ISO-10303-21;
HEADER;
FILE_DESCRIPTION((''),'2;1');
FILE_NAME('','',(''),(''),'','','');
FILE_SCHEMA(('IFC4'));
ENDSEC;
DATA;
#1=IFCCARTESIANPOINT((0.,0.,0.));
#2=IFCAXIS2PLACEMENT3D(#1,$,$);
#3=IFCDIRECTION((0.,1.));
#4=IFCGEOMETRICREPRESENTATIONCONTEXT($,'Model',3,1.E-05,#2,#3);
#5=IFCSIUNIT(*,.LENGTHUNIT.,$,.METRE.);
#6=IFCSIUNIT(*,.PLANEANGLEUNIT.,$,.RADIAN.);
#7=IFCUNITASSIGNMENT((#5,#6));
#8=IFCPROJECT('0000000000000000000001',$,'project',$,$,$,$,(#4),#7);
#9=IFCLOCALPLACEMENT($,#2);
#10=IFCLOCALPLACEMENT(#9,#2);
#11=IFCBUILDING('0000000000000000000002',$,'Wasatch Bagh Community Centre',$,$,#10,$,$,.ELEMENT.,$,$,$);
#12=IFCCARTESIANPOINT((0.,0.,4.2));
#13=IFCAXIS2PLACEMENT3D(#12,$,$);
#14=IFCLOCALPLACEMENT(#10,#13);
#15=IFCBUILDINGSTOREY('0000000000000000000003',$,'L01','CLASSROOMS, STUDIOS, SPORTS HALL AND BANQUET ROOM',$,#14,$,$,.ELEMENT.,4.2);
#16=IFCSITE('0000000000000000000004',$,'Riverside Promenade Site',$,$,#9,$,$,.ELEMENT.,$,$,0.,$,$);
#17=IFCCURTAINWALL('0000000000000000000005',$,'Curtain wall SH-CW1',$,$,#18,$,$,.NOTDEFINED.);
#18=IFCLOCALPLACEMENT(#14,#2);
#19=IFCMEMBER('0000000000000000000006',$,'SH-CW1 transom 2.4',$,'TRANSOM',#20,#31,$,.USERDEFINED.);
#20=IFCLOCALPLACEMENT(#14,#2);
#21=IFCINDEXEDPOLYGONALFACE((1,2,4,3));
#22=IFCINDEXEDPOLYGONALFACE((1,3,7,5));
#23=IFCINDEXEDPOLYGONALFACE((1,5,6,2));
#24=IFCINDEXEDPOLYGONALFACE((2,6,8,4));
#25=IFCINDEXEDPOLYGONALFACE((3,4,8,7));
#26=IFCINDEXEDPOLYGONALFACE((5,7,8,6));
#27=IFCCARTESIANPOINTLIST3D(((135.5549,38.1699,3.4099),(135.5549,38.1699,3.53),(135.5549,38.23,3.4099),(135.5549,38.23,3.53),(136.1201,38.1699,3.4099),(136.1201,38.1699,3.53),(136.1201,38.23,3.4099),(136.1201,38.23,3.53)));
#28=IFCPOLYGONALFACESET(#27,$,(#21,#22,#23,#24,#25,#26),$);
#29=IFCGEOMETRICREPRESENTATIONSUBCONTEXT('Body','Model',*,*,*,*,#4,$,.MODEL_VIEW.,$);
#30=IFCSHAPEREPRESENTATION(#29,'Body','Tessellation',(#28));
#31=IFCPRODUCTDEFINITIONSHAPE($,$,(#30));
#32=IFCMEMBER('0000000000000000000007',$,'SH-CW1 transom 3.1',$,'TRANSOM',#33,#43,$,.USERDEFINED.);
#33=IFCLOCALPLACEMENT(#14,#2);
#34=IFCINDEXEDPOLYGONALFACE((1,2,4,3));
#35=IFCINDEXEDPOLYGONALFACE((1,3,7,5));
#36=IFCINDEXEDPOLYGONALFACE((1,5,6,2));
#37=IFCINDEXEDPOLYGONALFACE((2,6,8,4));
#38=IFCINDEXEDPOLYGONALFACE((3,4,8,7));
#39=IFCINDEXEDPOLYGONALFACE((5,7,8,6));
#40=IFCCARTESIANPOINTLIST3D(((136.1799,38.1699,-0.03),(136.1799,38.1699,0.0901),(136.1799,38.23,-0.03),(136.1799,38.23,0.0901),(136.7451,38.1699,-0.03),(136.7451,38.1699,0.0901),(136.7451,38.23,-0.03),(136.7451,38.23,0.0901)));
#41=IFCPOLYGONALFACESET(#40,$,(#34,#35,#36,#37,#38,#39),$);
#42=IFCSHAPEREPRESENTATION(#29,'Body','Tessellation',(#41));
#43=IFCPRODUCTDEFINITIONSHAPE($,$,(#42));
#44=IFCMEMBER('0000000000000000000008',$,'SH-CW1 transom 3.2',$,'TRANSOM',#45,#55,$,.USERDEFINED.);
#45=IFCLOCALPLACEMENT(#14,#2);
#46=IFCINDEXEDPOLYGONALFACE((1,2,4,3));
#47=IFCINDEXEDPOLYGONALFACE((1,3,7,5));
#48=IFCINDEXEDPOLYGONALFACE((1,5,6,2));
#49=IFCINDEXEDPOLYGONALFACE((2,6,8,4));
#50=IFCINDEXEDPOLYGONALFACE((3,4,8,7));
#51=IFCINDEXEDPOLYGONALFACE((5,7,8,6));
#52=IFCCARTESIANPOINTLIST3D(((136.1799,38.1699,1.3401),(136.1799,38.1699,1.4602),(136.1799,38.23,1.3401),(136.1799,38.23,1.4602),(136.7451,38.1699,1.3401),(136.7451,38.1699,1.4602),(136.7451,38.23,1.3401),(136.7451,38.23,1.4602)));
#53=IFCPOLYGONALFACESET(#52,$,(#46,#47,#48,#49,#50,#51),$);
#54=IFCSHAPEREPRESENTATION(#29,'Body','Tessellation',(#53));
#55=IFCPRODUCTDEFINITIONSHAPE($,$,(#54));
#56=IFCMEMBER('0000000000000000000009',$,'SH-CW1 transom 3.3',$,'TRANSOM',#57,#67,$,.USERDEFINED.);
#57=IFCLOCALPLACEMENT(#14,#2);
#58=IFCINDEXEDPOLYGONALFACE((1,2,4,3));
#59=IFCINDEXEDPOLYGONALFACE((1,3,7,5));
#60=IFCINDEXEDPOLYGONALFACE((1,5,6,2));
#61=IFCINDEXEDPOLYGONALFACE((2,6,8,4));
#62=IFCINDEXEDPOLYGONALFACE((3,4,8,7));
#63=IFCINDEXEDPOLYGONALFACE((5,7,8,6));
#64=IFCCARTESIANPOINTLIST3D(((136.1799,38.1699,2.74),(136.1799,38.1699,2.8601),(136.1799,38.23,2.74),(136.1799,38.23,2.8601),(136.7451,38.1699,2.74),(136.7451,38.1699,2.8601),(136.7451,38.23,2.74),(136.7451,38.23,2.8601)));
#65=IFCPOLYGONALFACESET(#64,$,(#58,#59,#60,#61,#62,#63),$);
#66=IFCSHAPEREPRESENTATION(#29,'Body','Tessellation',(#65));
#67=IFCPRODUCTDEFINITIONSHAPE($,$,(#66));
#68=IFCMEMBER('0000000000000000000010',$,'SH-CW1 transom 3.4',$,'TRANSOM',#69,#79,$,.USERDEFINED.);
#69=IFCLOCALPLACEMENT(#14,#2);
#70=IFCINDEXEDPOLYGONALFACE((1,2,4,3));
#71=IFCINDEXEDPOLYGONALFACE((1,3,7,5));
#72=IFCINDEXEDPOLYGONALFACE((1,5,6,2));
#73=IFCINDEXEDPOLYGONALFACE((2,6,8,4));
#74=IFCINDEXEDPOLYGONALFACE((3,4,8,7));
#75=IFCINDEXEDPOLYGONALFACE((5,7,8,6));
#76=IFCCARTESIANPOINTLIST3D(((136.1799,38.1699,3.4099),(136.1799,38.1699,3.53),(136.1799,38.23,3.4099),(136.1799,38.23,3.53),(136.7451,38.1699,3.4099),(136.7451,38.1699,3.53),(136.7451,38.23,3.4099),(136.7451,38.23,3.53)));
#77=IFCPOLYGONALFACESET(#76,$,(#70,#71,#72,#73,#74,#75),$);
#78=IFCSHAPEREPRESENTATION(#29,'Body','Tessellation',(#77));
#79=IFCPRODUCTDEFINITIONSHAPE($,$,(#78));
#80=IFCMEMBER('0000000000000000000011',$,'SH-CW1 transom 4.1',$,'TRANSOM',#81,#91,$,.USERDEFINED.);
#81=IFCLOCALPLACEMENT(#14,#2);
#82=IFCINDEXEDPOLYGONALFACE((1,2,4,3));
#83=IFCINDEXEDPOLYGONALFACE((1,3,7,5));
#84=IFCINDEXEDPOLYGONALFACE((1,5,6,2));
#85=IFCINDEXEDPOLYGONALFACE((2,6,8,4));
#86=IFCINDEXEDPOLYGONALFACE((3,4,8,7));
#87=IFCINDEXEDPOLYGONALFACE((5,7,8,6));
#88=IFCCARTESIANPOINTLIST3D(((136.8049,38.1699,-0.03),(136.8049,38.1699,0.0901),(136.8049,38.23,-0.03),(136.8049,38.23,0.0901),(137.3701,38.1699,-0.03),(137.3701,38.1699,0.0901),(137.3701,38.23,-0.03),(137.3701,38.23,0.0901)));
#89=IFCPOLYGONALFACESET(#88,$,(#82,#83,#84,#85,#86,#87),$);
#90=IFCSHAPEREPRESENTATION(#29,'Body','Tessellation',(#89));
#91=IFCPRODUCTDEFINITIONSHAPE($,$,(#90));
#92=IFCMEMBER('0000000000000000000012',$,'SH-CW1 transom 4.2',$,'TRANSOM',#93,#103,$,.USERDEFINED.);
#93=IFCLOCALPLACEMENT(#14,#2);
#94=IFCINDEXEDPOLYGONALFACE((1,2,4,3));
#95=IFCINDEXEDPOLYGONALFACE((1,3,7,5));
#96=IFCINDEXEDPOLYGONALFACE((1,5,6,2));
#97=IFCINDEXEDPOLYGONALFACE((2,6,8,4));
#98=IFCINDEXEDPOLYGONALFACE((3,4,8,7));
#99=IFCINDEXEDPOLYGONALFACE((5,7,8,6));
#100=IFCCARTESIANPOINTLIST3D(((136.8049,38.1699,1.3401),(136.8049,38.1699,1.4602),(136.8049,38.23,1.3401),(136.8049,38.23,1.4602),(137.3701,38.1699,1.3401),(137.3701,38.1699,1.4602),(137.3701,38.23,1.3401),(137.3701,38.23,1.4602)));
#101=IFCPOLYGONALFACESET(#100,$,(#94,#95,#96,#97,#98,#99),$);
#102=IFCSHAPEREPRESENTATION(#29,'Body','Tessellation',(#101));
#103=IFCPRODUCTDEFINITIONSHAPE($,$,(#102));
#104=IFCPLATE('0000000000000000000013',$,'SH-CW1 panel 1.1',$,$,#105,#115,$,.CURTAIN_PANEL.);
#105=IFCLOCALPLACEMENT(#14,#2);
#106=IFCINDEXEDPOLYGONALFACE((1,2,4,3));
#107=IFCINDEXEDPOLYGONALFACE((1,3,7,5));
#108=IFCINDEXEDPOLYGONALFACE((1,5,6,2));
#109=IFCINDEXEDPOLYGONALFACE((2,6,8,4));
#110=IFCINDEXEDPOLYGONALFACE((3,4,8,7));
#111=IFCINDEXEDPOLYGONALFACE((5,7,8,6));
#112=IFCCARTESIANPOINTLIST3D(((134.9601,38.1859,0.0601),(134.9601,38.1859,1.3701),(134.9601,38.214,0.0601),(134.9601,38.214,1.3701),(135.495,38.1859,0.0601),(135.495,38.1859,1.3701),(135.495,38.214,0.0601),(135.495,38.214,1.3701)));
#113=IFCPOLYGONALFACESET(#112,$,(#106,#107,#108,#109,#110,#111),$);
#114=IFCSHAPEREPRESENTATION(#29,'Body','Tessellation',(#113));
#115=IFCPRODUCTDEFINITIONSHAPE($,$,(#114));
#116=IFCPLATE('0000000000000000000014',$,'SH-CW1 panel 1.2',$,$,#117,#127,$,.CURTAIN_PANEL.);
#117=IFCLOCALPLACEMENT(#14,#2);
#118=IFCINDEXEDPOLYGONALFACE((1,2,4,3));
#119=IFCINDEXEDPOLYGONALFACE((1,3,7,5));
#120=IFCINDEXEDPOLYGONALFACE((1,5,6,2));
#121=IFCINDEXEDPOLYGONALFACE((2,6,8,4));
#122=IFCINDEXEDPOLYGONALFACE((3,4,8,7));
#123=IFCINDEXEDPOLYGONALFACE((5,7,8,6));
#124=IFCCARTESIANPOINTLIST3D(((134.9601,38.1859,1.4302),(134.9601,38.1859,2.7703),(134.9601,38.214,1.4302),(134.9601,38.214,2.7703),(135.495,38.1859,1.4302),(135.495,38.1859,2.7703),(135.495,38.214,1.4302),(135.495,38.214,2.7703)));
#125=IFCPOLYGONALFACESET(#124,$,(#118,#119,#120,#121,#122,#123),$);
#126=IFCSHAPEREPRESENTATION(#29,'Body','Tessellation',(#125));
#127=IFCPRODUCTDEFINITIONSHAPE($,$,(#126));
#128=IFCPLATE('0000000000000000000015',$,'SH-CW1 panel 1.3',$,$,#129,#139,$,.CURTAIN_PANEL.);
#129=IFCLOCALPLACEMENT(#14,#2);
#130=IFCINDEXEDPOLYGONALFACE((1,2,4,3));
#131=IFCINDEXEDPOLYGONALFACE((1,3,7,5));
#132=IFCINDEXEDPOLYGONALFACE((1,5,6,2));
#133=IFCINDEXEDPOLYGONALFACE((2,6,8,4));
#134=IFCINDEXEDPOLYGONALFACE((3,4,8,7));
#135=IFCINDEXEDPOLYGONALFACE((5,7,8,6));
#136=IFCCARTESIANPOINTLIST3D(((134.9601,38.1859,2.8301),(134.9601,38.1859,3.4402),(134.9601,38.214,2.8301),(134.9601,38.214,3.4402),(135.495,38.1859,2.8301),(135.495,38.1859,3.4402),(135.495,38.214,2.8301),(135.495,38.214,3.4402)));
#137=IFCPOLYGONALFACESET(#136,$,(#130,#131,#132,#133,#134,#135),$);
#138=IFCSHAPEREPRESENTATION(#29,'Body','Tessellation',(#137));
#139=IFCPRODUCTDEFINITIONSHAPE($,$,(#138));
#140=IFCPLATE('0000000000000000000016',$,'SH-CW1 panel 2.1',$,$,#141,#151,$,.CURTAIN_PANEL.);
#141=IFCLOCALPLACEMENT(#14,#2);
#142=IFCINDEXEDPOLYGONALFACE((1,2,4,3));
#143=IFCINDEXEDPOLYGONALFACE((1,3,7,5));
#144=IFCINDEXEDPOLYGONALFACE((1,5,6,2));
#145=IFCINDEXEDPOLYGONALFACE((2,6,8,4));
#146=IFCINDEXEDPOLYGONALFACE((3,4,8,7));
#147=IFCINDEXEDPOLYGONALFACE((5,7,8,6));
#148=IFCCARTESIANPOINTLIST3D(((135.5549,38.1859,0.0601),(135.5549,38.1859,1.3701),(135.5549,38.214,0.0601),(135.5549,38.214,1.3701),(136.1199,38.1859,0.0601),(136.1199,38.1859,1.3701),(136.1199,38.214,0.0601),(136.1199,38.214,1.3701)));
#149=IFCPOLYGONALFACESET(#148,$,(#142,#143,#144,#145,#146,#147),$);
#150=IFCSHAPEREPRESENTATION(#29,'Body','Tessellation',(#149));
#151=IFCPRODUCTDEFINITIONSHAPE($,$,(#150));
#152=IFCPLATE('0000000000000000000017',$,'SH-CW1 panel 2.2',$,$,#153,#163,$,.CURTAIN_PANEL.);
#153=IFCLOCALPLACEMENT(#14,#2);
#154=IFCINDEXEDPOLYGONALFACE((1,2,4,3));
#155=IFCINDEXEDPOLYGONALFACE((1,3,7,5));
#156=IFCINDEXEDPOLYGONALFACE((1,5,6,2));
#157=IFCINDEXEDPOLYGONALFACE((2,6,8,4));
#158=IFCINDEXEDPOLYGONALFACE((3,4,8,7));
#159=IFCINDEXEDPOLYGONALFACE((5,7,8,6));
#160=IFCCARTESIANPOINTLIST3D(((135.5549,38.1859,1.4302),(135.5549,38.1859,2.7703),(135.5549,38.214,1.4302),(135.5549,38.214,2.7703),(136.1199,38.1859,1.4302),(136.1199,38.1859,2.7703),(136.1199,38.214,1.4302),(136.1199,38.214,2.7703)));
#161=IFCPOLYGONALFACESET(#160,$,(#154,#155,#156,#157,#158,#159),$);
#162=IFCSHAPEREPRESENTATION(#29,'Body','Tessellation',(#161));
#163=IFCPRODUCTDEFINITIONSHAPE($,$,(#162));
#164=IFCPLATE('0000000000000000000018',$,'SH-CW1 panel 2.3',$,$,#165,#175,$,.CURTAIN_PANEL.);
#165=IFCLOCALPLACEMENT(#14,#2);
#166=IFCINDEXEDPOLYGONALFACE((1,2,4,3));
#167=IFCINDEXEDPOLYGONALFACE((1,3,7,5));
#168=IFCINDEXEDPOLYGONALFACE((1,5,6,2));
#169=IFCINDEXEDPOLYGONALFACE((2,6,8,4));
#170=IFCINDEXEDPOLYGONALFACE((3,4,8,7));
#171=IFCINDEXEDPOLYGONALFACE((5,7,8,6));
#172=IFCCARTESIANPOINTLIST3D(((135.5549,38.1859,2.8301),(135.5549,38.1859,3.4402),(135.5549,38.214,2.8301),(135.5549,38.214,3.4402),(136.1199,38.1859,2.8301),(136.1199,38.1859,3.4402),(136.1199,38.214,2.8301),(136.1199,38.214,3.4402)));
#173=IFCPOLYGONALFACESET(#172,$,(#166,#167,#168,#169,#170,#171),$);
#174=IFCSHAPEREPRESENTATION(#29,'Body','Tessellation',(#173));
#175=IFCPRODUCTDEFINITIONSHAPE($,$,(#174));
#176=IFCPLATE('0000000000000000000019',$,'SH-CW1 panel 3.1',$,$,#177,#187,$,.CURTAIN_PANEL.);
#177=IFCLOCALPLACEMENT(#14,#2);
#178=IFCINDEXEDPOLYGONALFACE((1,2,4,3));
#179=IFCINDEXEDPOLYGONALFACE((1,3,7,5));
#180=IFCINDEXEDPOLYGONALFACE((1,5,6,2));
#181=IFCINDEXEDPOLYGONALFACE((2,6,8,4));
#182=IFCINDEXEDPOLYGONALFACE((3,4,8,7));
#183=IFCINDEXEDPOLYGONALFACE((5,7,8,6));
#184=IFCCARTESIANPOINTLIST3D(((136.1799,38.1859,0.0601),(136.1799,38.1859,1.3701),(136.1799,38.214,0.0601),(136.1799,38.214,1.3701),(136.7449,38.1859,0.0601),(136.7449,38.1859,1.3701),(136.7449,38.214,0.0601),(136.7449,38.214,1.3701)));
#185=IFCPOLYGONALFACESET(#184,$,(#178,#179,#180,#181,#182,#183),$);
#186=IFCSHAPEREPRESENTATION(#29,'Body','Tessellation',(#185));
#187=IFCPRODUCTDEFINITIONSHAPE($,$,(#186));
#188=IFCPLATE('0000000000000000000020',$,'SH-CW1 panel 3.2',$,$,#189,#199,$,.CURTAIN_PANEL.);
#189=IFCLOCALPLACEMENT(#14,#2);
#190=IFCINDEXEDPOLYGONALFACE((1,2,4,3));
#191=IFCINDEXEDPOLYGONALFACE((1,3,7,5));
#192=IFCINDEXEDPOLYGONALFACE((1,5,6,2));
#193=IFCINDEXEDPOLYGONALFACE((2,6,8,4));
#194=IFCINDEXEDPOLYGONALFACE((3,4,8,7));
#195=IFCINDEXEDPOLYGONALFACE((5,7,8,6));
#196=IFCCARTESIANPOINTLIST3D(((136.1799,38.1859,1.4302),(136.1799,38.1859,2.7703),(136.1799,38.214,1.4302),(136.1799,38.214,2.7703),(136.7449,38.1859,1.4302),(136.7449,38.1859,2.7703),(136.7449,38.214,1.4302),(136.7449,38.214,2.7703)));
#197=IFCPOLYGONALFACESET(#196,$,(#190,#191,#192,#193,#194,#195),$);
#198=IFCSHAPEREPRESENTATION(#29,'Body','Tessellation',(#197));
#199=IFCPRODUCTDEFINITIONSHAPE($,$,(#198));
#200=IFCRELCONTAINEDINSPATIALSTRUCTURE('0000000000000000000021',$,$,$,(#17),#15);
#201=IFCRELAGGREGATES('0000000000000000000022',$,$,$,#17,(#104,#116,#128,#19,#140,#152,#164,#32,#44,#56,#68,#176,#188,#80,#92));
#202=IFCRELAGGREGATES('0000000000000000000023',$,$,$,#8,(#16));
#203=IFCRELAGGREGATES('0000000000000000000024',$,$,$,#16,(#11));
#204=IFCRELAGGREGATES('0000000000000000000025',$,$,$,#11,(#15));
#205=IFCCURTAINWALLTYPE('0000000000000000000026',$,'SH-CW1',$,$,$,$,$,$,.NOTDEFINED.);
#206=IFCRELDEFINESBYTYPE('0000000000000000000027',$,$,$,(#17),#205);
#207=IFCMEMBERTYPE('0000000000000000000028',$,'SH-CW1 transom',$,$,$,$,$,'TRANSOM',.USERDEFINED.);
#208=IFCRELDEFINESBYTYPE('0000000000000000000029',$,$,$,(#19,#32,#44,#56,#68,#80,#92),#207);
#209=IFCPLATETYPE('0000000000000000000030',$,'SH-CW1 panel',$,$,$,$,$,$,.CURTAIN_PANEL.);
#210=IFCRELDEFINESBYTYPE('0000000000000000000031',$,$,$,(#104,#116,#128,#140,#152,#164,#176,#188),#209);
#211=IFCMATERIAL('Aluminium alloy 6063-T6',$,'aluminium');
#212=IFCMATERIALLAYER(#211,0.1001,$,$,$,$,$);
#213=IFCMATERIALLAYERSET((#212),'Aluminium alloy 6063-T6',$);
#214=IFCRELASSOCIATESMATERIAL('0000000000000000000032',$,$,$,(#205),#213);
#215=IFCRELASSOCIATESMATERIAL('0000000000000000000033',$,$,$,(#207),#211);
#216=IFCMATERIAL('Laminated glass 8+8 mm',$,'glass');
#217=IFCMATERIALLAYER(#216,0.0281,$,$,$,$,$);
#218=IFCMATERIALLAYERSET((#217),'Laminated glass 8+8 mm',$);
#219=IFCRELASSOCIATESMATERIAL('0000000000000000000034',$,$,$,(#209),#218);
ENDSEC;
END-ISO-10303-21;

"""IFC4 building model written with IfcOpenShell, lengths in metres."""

from ifc_helpers import new_model, si_unit, direction, frame, origin, origin_2d, place, context, subcontext, project, spatial, rectangle, extrude, material, layer, layer_set, material_profile, profile_set, type_object, element, aggregate, save


model = new_model("IFC4")

# Units and contexts
model_context = context("Model", 3, precision=1e-05, world=origin(), true_north=direction((0.0, 1.0)))
body_context = subcontext(model_context, "Body", "Model", "MODEL_VIEW")
ifc_project = project(units=[si_unit("LENGTHUNIT", "METRE"), si_unit("PLANEANGLEUNIT", "RADIAN")], contexts=[model_context])

# Site, building, storey
site_placement = place(None, origin())
site = spatial("IfcSite", under=ifc_project, at=site_placement, Name="Riverside Promenade Site", CompositionType="ELEMENT", RefElevation=0.0)
building_placement = place(site_placement, origin())
building = spatial("IfcBuilding", under=site, at=building_placement, Name="Wasatch Bagh Community Centre", CompositionType="ELEMENT")
storey_placement = place(building_placement, frame((0.0, 0.0, 4.2)))
storey = spatial("IfcBuildingStorey", under=building, at=storey_placement, Name="L01", Description="CLASSROOMS, STUDIOS, SPORTS HALL AND BANQUET ROOM", CompositionType="ELEMENT", Elevation=4.2)

# Curtain wall, members, plates
ifc_material_1 = material(Name="Aluminium alloy 6063-T6", Category="aluminium")
ifc_layer_1 = layer(ifc_material_1, 0.1001)
ifc_layer_set_1 = layer_set([ifc_layer_1], Name="Aluminium alloy 6063-T6")
curtain_wall_type = type_object("IfcCurtainWallType", Name="SH-CW1", PredefinedType="NOTDEFINED", material=ifc_layer_set_1)
curtain_wall_placement = place(storey_placement, origin())
curtain_wall = element("IfcCurtainWall", 1, at=curtain_wall_placement, inside=storey, type_object=curtain_wall_type, Name="Curtain wall SH-CW1", PredefinedType="NOTDEFINED")
ifc_material_profile_1 = material_profile(ifc_material_1, rectangle(XDim=0.0601, YDim=0.1201, at=origin_2d()), Name="AL 60x120")
ifc_profile_set_1 = profile_set([ifc_material_profile_1], Name="Aluminium alloy 6063-T6")
member_type_1 = type_object("IfcMemberType", Name="SH-CW1 transom", ElementType="TRANSOM", PredefinedType="USERDEFINED", material=ifc_profile_set_1)
member_1_placement = place(storey_placement, frame((135.5549, 38.2, 3.47), z_axis=(1.0, 0.0, 0.0), x_axis=(0.0, 1.0, 0.0)))
member_1 = element("IfcMember", 2, at=member_1_placement, type_object=member_type_1, Name="SH-CW1 transom 2.4", ObjectType="TRANSOM", PredefinedType="USERDEFINED", context=body_context, shape_type="SweptSolid", body=[
    extrude(rectangle(XDim=0.0601, YDim=0.1201, at=origin_2d()), origin(), (0.0, 0.0, 1.0), 0.5652),
])
member_2_placement = place(storey_placement, frame((136.1799, 38.2, 0.03), z_axis=(1.0, 0.0, 0.0), x_axis=(0.0, 1.0, 0.0)))
member_2 = element("IfcMember", 3, at=member_2_placement, type_object=member_type_1, Name="SH-CW1 transom 3.1", ObjectType="TRANSOM", PredefinedType="USERDEFINED", context=body_context, shape_type="SweptSolid", body=[
    extrude(rectangle(XDim=0.0601, YDim=0.1201, at=origin_2d()), origin(), (0.0, 0.0, 1.0), 0.5652),
])
member_3_placement = place(storey_placement, frame((136.1799, 38.2, 1.4001), z_axis=(1.0, 0.0, 0.0), x_axis=(0.0, 1.0, 0.0)))
member_3 = element("IfcMember", 4, at=member_3_placement, type_object=member_type_1, Name="SH-CW1 transom 3.2", ObjectType="TRANSOM", PredefinedType="USERDEFINED", context=body_context, shape_type="SweptSolid", body=[
    extrude(rectangle(XDim=0.0601, YDim=0.1201, at=origin_2d()), origin(), (0.0, 0.0, 1.0), 0.5652),
])
member_4_placement = place(storey_placement, frame((136.1799, 38.2, 2.8), z_axis=(1.0, 0.0, 0.0), x_axis=(0.0, 1.0, 0.0)))
member_4 = element("IfcMember", 5, at=member_4_placement, type_object=member_type_1, Name="SH-CW1 transom 3.3", ObjectType="TRANSOM", PredefinedType="USERDEFINED", context=body_context, shape_type="SweptSolid", body=[
    extrude(rectangle(XDim=0.0601, YDim=0.1201, at=origin_2d()), origin(), (0.0, 0.0, 1.0), 0.5652),
])
member_5_placement = place(storey_placement, frame((136.1799, 38.2, 3.47), z_axis=(1.0, 0.0, 0.0), x_axis=(0.0, 1.0, 0.0)))
member_5 = element("IfcMember", 6, at=member_5_placement, type_object=member_type_1, Name="SH-CW1 transom 3.4", ObjectType="TRANSOM", PredefinedType="USERDEFINED", context=body_context, shape_type="SweptSolid", body=[
    extrude(rectangle(XDim=0.0601, YDim=0.1201, at=origin_2d()), origin(), (0.0, 0.0, 1.0), 0.5652),
])
member_6_placement = place(storey_placement, frame((136.8049, 38.2, 0.03), z_axis=(1.0, 0.0, 0.0), x_axis=(0.0, 1.0, 0.0)))
member_6 = element("IfcMember", 7, at=member_6_placement, type_object=member_type_1, Name="SH-CW1 transom 4.1", ObjectType="TRANSOM", PredefinedType="USERDEFINED", context=body_context, shape_type="SweptSolid", body=[
    extrude(rectangle(XDim=0.0601, YDim=0.1201, at=origin_2d()), origin(), (0.0, 0.0, 1.0), 0.5652),
])
member_7_placement = place(storey_placement, frame((136.8049, 38.2, 1.4001), z_axis=(1.0, 0.0, 0.0), x_axis=(0.0, 1.0, 0.0)))
member_7 = element("IfcMember", 8, at=member_7_placement, type_object=member_type_1, Name="SH-CW1 transom 4.2", ObjectType="TRANSOM", PredefinedType="USERDEFINED", context=body_context, shape_type="SweptSolid", body=[
    extrude(rectangle(XDim=0.0601, YDim=0.1201, at=origin_2d()), origin(), (0.0, 0.0, 1.0), 0.5652),
])
ifc_material_2 = material(Name="Laminated glass 8+8 mm", Category="glass")
ifc_layer_2 = layer(ifc_material_2, 0.0281)
ifc_layer_set_2 = layer_set([ifc_layer_2], Name="Laminated glass 8+8 mm")
plate_type = type_object("IfcPlateType", Name="SH-CW1 panel", PredefinedType="CURTAIN_PANEL", material=ifc_layer_set_2)
plate_1_placement = place(storey_placement, frame((135.2275, 38.2, 0.0601), z_axis=(0.0, 0.0, 1.0), x_axis=(1.0, 0.0, 0.0)))
plate_1 = element("IfcPlate", 9, at=plate_1_placement, type_object=plate_type, Name="SH-CW1 panel 1.1", PredefinedType="CURTAIN_PANEL", context=body_context, shape_type="SweptSolid", body=[
    extrude(rectangle(XDim=0.5349, YDim=0.0281, at=origin_2d()), origin(), (0.0, 0.0, 1.0), 1.3101),
])
plate_2_placement = place(storey_placement, frame((135.2275, 38.2, 1.4302), z_axis=(0.0, 0.0, 1.0), x_axis=(1.0, 0.0, 0.0)))
plate_2 = element("IfcPlate", 10, at=plate_2_placement, type_object=plate_type, Name="SH-CW1 panel 1.2", PredefinedType="CURTAIN_PANEL", context=body_context, shape_type="SweptSolid", body=[
    extrude(rectangle(XDim=0.5349, YDim=0.0281, at=origin_2d()), origin(), (0.0, 0.0, 1.0), 1.3401),
])
plate_3_placement = place(storey_placement, frame((135.2275, 38.2, 2.8301), z_axis=(0.0, 0.0, 1.0), x_axis=(1.0, 0.0, 0.0)))
plate_3 = element("IfcPlate", 11, at=plate_3_placement, type_object=plate_type, Name="SH-CW1 panel 1.3", PredefinedType="CURTAIN_PANEL", context=body_context, shape_type="SweptSolid", body=[
    extrude(rectangle(XDim=0.5349, YDim=0.0281, at=origin_2d()), origin(), (0.0, 0.0, 1.0), 0.6101),
])
plate_4_placement = place(storey_placement, frame((135.8374, 38.2, 0.0601), z_axis=(0.0, 0.0, 1.0), x_axis=(1.0, 0.0, 0.0)))
plate_4 = element("IfcPlate", 12, at=plate_4_placement, type_object=plate_type, Name="SH-CW1 panel 2.1", PredefinedType="CURTAIN_PANEL", context=body_context, shape_type="SweptSolid", body=[
    extrude(rectangle(XDim=0.5649, YDim=0.0281, at=origin_2d()), origin(), (0.0, 0.0, 1.0), 1.3101),
])
plate_5_placement = place(storey_placement, frame((135.8374, 38.2, 1.4302), z_axis=(0.0, 0.0, 1.0), x_axis=(1.0, 0.0, 0.0)))
plate_5 = element("IfcPlate", 13, at=plate_5_placement, type_object=plate_type, Name="SH-CW1 panel 2.2", PredefinedType="CURTAIN_PANEL", context=body_context, shape_type="SweptSolid", body=[
    extrude(rectangle(XDim=0.5649, YDim=0.0281, at=origin_2d()), origin(), (0.0, 0.0, 1.0), 1.3401),
])
plate_6_placement = place(storey_placement, frame((135.8374, 38.2, 2.8301), z_axis=(0.0, 0.0, 1.0), x_axis=(1.0, 0.0, 0.0)))
plate_6 = element("IfcPlate", 14, at=plate_6_placement, type_object=plate_type, Name="SH-CW1 panel 2.3", PredefinedType="CURTAIN_PANEL", context=body_context, shape_type="SweptSolid", body=[
    extrude(rectangle(XDim=0.5649, YDim=0.0281, at=origin_2d()), origin(), (0.0, 0.0, 1.0), 0.6101),
])
plate_7_placement = place(storey_placement, frame((136.4624, 38.2, 0.0601), z_axis=(0.0, 0.0, 1.0), x_axis=(1.0, 0.0, 0.0)))
plate_7 = element("IfcPlate", 15, at=plate_7_placement, type_object=plate_type, Name="SH-CW1 panel 3.1", PredefinedType="CURTAIN_PANEL", context=body_context, shape_type="SweptSolid", body=[
    extrude(rectangle(XDim=0.5649, YDim=0.0281, at=origin_2d()), origin(), (0.0, 0.0, 1.0), 1.3101),
])
plate_8_placement = place(storey_placement, frame((136.4624, 38.2, 1.4302), z_axis=(0.0, 0.0, 1.0), x_axis=(1.0, 0.0, 0.0)))
plate_8 = element("IfcPlate", 16, at=plate_8_placement, type_object=plate_type, Name="SH-CW1 panel 3.2", PredefinedType="CURTAIN_PANEL", context=body_context, shape_type="SweptSolid", body=[
    extrude(rectangle(XDim=0.5649, YDim=0.0281, at=origin_2d()), origin(), (0.0, 0.0, 1.0), 1.3401),
])
aggregate(curtain_wall, [plate_1, plate_2, plate_3, member_1, plate_4, plate_5, plate_6, member_2, member_3, member_4, member_5, plate_7, plate_8, member_6, member_7])

save(model, "model.ifc")
